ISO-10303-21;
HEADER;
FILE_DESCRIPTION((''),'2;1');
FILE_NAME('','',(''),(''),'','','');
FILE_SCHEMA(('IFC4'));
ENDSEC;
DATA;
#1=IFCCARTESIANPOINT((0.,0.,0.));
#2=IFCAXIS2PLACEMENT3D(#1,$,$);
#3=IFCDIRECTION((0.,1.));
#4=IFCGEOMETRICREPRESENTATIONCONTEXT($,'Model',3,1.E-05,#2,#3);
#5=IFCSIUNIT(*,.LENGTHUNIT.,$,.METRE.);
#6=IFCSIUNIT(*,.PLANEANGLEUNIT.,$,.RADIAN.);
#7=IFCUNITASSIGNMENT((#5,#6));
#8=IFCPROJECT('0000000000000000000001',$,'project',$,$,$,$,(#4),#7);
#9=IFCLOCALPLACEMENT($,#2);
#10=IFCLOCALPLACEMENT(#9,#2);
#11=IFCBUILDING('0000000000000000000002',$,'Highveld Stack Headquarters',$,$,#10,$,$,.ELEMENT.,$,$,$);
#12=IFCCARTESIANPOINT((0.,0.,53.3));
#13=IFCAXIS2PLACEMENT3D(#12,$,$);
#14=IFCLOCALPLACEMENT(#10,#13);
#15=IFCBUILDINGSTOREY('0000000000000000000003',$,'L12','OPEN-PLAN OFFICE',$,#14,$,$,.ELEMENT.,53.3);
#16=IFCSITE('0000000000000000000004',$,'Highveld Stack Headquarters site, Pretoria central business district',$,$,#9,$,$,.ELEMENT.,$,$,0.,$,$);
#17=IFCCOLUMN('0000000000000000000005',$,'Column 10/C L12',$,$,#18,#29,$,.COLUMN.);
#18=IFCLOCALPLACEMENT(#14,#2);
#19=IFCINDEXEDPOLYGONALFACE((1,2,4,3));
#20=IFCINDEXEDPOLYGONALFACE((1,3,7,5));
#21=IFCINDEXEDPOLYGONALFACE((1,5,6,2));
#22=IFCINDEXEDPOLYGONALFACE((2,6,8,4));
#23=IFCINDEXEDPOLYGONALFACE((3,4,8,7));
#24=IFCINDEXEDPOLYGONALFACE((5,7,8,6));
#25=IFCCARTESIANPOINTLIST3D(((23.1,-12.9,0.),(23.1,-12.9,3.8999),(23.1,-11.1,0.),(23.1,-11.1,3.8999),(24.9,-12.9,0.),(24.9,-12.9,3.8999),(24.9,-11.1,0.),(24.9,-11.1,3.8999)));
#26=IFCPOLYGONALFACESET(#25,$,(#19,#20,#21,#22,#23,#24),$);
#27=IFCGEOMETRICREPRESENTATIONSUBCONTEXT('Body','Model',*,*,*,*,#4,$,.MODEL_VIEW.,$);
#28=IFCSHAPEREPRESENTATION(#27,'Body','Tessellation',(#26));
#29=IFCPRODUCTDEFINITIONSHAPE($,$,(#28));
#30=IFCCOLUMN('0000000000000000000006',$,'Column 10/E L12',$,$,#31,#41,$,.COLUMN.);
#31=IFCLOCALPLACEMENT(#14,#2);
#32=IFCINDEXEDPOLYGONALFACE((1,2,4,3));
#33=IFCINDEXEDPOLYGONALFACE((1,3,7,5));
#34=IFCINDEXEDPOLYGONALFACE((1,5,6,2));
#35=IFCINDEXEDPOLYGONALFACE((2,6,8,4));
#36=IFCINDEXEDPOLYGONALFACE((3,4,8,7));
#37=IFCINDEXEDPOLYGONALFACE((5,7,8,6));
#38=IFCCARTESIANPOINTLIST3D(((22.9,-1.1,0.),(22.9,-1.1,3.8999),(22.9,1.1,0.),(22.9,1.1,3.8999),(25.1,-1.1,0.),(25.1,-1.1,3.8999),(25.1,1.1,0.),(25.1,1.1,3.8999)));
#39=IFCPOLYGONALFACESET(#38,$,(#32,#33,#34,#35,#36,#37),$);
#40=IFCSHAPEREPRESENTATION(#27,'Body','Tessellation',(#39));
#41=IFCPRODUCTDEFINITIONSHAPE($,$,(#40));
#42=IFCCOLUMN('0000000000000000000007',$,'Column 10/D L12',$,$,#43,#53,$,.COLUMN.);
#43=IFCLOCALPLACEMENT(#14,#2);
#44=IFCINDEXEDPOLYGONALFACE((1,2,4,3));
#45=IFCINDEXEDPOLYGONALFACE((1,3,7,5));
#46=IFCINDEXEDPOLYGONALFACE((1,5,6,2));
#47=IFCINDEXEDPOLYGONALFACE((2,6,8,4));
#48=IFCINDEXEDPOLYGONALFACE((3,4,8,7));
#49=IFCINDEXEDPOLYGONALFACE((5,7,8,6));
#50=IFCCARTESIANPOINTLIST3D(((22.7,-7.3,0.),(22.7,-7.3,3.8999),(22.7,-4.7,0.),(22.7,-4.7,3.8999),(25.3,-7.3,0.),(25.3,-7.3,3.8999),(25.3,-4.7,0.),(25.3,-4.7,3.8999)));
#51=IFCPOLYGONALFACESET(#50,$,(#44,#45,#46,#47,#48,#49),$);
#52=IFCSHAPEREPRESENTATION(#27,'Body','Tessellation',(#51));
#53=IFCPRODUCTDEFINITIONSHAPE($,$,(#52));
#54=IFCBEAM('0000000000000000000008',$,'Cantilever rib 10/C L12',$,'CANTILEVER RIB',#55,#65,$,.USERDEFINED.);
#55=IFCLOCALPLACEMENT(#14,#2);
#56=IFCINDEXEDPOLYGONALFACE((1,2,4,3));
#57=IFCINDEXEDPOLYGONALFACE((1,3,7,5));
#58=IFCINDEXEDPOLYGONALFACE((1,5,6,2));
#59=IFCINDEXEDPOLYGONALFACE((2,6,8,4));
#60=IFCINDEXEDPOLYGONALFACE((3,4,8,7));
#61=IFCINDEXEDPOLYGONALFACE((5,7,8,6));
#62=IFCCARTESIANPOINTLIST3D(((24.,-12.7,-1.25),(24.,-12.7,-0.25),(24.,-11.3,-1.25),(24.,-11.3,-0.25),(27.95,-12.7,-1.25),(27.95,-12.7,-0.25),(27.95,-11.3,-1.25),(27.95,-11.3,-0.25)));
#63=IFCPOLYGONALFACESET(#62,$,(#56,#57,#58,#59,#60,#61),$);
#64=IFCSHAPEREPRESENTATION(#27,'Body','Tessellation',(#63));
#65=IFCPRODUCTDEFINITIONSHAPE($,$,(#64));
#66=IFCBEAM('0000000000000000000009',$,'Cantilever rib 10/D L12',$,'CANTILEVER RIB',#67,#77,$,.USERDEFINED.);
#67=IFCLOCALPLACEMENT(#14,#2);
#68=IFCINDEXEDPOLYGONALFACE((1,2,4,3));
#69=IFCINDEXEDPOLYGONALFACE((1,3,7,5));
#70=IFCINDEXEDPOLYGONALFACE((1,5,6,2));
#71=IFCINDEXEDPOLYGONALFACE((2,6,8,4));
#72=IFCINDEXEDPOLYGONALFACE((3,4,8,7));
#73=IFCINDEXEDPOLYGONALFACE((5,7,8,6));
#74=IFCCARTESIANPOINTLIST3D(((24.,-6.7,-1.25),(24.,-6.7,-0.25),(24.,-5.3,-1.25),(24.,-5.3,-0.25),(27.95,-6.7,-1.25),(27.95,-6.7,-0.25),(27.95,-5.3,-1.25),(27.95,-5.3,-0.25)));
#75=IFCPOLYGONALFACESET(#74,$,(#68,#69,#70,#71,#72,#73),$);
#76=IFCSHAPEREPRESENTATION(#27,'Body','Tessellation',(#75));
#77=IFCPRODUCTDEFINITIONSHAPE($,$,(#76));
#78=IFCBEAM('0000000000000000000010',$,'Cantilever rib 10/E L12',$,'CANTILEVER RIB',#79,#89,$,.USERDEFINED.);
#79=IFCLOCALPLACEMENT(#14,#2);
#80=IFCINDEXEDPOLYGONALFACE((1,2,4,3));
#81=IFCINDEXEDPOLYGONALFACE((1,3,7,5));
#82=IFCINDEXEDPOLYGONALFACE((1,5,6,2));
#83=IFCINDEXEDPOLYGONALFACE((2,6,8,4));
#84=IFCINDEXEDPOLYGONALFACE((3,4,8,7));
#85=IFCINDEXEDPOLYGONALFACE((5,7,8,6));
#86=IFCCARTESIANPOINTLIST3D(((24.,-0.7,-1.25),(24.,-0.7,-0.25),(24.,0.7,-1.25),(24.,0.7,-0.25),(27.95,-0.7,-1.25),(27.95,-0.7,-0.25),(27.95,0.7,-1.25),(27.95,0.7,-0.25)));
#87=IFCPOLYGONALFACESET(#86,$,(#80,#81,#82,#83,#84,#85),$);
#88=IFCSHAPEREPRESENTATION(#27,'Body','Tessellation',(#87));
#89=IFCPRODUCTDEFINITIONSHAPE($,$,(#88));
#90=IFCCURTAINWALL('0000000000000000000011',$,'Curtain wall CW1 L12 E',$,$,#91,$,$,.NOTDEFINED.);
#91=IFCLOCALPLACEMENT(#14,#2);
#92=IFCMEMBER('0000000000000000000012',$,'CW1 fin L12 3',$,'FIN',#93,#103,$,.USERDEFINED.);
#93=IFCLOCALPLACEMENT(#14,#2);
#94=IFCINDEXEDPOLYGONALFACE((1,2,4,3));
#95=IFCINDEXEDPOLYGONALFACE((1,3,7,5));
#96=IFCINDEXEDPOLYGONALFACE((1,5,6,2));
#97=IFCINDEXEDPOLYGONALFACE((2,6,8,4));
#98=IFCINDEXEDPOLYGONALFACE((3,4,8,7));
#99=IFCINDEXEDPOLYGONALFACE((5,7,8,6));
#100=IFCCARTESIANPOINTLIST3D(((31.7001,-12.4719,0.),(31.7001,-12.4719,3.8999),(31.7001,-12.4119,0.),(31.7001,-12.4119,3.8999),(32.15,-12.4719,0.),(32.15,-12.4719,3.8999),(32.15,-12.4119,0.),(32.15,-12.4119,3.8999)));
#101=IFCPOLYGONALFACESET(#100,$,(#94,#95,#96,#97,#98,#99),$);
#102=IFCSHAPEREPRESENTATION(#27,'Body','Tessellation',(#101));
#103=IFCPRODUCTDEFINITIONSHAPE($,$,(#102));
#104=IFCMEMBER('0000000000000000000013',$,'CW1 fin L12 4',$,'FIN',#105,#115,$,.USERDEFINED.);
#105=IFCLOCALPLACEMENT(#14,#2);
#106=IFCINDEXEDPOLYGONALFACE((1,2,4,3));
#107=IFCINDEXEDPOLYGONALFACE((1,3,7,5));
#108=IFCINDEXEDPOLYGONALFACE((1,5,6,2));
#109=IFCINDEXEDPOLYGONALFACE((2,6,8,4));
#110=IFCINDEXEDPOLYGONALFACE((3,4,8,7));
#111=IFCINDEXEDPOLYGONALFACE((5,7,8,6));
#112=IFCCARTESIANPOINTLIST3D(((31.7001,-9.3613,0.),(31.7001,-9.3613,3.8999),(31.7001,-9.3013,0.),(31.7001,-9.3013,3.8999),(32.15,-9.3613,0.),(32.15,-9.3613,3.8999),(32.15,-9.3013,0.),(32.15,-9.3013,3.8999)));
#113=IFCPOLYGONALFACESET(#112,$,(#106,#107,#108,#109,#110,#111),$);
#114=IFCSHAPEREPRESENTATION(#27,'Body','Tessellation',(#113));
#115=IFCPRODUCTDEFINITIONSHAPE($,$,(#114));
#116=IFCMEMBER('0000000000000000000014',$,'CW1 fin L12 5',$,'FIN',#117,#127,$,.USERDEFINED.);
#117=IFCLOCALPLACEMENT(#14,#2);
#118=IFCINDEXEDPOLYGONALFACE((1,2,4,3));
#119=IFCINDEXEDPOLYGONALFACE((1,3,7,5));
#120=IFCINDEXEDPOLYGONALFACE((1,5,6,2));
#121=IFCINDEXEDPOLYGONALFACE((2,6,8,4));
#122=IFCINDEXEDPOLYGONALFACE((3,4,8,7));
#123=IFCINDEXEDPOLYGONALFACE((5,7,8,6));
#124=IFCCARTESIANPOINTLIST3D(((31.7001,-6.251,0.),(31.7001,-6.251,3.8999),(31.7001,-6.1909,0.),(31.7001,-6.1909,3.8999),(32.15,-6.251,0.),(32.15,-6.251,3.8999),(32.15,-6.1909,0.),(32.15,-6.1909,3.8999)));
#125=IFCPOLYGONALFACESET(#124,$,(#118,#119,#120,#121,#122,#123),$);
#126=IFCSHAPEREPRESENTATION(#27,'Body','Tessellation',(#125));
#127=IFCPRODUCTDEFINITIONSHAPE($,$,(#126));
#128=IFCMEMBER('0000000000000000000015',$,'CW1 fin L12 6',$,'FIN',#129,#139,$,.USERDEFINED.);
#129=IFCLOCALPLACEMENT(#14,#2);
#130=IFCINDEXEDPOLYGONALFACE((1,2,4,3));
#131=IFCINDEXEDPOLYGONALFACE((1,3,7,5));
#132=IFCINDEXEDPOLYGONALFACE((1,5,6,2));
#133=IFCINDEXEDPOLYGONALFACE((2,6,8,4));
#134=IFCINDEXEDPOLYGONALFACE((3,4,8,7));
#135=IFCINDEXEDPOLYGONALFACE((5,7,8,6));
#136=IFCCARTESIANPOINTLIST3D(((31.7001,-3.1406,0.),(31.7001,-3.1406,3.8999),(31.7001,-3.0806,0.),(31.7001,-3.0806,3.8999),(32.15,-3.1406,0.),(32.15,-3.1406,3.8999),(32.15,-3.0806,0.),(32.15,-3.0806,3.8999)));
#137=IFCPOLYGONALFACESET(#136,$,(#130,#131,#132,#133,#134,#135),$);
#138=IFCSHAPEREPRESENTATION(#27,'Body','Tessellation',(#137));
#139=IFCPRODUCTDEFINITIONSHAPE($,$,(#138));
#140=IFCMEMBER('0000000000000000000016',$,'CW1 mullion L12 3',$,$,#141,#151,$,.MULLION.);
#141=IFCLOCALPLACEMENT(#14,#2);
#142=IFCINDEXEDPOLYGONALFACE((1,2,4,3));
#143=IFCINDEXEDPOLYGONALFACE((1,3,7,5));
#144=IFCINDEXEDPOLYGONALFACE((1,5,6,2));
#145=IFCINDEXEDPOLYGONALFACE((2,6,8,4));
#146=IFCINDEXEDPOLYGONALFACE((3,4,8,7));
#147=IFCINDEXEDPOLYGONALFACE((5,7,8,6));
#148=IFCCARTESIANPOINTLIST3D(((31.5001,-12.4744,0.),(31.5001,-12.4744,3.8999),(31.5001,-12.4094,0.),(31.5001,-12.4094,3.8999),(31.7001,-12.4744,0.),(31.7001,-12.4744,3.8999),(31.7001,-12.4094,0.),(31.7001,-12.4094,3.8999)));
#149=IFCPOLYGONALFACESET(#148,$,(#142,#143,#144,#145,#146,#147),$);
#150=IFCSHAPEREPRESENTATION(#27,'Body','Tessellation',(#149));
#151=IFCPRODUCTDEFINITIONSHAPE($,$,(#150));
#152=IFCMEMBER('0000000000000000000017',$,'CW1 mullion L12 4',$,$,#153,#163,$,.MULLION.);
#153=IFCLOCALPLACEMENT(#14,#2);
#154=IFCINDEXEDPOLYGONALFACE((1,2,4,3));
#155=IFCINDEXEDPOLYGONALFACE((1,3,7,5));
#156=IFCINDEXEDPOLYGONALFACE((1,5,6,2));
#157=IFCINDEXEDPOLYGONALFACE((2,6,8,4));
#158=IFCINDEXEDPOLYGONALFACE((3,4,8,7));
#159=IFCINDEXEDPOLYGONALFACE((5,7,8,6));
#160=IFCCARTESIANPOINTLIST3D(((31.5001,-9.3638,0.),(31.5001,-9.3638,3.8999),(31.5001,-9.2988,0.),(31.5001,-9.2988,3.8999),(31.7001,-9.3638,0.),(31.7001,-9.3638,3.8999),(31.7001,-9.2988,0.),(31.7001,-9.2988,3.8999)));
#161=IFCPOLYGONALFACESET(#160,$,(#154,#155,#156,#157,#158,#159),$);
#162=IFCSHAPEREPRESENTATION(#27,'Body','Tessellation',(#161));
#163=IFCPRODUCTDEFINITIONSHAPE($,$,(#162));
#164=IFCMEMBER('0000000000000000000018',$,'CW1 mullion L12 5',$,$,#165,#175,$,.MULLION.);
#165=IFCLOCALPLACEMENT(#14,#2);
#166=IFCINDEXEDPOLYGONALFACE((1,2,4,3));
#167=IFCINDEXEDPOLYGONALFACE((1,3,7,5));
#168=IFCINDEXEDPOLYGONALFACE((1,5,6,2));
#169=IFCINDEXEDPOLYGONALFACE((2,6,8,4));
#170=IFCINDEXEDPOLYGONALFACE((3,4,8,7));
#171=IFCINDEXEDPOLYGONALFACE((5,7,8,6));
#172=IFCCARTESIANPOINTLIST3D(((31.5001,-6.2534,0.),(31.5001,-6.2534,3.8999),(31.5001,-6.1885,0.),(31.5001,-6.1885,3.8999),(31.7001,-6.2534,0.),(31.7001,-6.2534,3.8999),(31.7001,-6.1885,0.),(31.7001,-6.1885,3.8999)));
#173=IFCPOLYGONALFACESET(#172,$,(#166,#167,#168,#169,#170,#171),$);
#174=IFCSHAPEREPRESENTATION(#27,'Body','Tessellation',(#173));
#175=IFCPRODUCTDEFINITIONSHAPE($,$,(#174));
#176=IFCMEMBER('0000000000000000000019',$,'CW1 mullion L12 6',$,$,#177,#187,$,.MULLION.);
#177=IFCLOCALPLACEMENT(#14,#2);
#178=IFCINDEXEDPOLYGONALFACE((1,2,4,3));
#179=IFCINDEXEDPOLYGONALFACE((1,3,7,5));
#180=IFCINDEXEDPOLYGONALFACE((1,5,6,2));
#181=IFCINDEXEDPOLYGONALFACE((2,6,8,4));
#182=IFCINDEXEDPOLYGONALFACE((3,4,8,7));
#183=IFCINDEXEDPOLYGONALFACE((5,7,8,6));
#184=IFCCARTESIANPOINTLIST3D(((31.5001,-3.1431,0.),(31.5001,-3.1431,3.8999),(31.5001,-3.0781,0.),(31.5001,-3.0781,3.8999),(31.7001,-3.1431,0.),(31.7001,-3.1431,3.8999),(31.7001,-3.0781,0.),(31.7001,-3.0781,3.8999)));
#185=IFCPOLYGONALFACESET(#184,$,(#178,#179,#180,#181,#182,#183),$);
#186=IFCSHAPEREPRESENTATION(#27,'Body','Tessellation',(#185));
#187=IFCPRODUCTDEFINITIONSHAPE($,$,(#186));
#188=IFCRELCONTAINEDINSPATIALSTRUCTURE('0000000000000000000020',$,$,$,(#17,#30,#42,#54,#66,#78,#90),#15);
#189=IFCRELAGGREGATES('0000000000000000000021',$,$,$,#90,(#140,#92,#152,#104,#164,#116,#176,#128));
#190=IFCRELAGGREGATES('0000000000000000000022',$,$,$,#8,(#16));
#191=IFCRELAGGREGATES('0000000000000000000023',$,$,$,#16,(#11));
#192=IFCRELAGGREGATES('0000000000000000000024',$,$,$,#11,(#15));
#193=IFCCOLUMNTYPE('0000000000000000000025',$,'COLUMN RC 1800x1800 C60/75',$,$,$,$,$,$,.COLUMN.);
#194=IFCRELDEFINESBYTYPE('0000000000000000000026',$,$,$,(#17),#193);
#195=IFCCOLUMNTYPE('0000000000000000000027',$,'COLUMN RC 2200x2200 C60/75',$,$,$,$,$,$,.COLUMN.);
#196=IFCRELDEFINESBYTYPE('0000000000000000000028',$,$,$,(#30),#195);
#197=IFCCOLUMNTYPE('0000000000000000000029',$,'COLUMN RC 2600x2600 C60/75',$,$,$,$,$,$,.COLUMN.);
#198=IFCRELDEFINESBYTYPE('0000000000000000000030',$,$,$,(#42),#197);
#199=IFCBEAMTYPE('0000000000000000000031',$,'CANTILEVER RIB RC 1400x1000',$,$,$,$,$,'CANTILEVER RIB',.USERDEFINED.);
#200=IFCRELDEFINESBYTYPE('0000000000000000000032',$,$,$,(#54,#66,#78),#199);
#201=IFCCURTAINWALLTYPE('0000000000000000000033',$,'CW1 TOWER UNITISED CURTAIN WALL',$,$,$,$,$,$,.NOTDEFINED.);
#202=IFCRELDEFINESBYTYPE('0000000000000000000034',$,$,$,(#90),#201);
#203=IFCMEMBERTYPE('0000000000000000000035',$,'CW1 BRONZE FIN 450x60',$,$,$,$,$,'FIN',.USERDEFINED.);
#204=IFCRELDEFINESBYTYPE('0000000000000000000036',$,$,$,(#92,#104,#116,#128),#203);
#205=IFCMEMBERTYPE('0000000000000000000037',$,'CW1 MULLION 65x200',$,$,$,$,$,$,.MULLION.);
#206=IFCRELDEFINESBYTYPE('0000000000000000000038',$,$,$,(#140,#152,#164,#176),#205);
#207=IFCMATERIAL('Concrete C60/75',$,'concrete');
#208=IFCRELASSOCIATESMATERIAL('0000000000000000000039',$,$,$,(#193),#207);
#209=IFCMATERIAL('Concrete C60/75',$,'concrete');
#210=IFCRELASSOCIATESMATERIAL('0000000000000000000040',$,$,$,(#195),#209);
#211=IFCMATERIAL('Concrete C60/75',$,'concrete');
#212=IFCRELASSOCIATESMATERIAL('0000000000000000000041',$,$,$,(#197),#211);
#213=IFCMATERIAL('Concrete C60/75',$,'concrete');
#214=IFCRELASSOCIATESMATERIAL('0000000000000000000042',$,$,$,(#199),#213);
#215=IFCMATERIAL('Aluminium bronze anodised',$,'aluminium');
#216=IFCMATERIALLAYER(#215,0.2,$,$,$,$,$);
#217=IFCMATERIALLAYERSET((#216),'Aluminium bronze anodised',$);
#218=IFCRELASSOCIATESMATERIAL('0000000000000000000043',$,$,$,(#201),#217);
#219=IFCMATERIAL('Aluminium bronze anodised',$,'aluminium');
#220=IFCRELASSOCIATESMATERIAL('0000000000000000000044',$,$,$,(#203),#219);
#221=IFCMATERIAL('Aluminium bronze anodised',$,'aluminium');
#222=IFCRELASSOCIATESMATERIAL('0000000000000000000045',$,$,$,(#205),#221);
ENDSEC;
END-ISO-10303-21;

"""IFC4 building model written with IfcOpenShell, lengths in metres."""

from ifc_helpers import new_model, si_unit, direction, frame, origin, origin_2d, place, context, subcontext, project, spatial, rectangle, extrude, material, layer, layer_set, material_profile, profile_set, type_object, element, aggregate, save


model = new_model("IFC4")

# Units and contexts
model_context = context("Model", 3, precision=1e-05, world=origin(), true_north=direction((0.0, 1.0)))
body_context = subcontext(model_context, "Body", "Model", "MODEL_VIEW")
ifc_project = project(units=[si_unit("LENGTHUNIT", "METRE"), si_unit("PLANEANGLEUNIT", "RADIAN")], contexts=[model_context])

# Site, building, storey
site_placement = place(None, origin())
site = spatial("IfcSite", under=ifc_project, at=site_placement, Name="Highveld Stack Headquarters site, Pretoria central business district", CompositionType="ELEMENT", RefElevation=0.0)
building_placement = place(site_placement, origin())
building = spatial("IfcBuilding", under=site, at=building_placement, Name="Highveld Stack Headquarters", CompositionType="ELEMENT")
storey_placement = place(building_placement, frame((0.0, 0.0, 53.3)))
storey = spatial("IfcBuildingStorey", under=building, at=storey_placement, Name="L12", Description="OPEN-PLAN OFFICE", CompositionType="ELEMENT", Elevation=53.3)

# Columns
ifc_material_1 = material(Name="Concrete C60/75", Category="concrete")
ifc_material_profile_1 = material_profile(ifc_material_1, rectangle(XDim=1.8, YDim=1.8, at=origin_2d()), Name="RC 1800x1800")
ifc_profile_set_1 = profile_set([ifc_material_profile_1], Name="Concrete C60/75")
column_type_1 = type_object("IfcColumnType", Name="COLUMN RC 1800x1800 C60/75", PredefinedType="COLUMN", material=ifc_profile_set_1)
column_1_placement = place(storey_placement, frame((24.0, -12.0, 0.0), z_axis=(0.0, 0.0, 1.0), x_axis=(1.0, 0.0, 0.0)))
element("IfcColumn", 1, at=column_1_placement, inside=storey, type_object=column_type_1, Name="Column 10/C L12", PredefinedType="COLUMN", context=body_context, shape_type="SweptSolid", body=[
    extrude(rectangle(XDim=1.8, YDim=1.8, at=origin_2d()), origin(), (0.0, 0.0, 1.0), 3.8999),
])
ifc_material_2 = material(Name="Concrete C60/75", Category="concrete")
ifc_material_profile_2 = material_profile(ifc_material_2, rectangle(XDim=2.2, YDim=2.2, at=origin_2d()), Name="RC 2200x2200")
ifc_profile_set_2 = profile_set([ifc_material_profile_2], Name="Concrete C60/75")
column_type_2 = type_object("IfcColumnType", Name="COLUMN RC 2200x2200 C60/75", PredefinedType="COLUMN", material=ifc_profile_set_2)
column_2_placement = place(storey_placement, frame((24.0, 0.0, 0.0), z_axis=(0.0, 0.0, 1.0), x_axis=(1.0, 0.0, 0.0)))
element("IfcColumn", 2, at=column_2_placement, inside=storey, type_object=column_type_2, Name="Column 10/E L12", PredefinedType="COLUMN", context=body_context, shape_type="SweptSolid", body=[
    extrude(rectangle(XDim=2.2, YDim=2.2, at=origin_2d()), origin(), (0.0, 0.0, 1.0), 3.8999),
])
ifc_material_3 = material(Name="Concrete C60/75", Category="concrete")
ifc_material_profile_3 = material_profile(ifc_material_3, rectangle(XDim=2.6001, YDim=2.6001, at=origin_2d()), Name="RC 2600x2600")
ifc_profile_set_3 = profile_set([ifc_material_profile_3], Name="Concrete C60/75")
column_type_3 = type_object("IfcColumnType", Name="COLUMN RC 2600x2600 C60/75", PredefinedType="COLUMN", material=ifc_profile_set_3)
column_3_placement = place(storey_placement, frame((24.0, -6.0, 0.0), z_axis=(0.0, 0.0, 1.0), x_axis=(1.0, 0.0, 0.0)))
element("IfcColumn", 3, at=column_3_placement, inside=storey, type_object=column_type_3, Name="Column 10/D L12", PredefinedType="COLUMN", context=body_context, shape_type="SweptSolid", body=[
    extrude(rectangle(XDim=2.6001, YDim=2.6001, at=origin_2d()), origin(), (0.0, 0.0, 1.0), 3.8999),
])

# Beams
ifc_material_4 = material(Name="Concrete C60/75", Category="concrete")
ifc_material_profile_4 = material_profile(ifc_material_4, rectangle(XDim=1.3999, YDim=1.0, at=origin_2d()), Name="RC 1400x1000")
ifc_profile_set_4 = profile_set([ifc_material_profile_4], Name="Concrete C60/75")
beam_type_1 = type_object("IfcBeamType", Name="CANTILEVER RIB RC 1400x1000", ElementType="CANTILEVER RIB", PredefinedType="USERDEFINED", material=ifc_profile_set_4)
for number, where, z_axis, x_axis, name in (
    (4, (24.0, -12.0, -0.75), (1.0, 0.0, 0.0), (0.0, 1.0, 0.0), "Cantilever rib 10/C L12"),
    (5, (24.0, -6.0, -0.75), (1.0, 0.0, 0.0), (0.0, 1.0, 0.0), "Cantilever rib 10/D L12"),
    (6, (24.0, 0.0, -0.75), (1.0, 0.0, 0.0), (0.0, 1.0, 0.0), "Cantilever rib 10/E L12"),
):
    element("IfcBeam", number, at=place(storey_placement, frame(where, z_axis=z_axis, x_axis=x_axis)), inside=storey, type_object=beam_type_1, Name=name, ObjectType="CANTILEVER RIB", PredefinedType="USERDEFINED", context=body_context, shape_type="SweptSolid", body=[
        extrude(rectangle(XDim=1.3999, YDim=1.0, at=origin_2d()), origin(), (0.0, 0.0, 1.0), 3.95),
    ])

# Curtain wall, members
ifc_material_5 = material(Name="Aluminium bronze anodised", Category="aluminium")
ifc_layer_1 = layer(ifc_material_5, 0.2)
ifc_layer_set_1 = layer_set([ifc_layer_1], Name="Aluminium bronze anodised")
curtain_wall_type = type_object("IfcCurtainWallType", Name="CW1 TOWER UNITISED CURTAIN WALL", PredefinedType="NOTDEFINED", material=ifc_layer_set_1)
curtain_wall_placement = place(storey_placement, origin())
curtain_wall = element("IfcCurtainWall", 7, at=curtain_wall_placement, inside=storey, type_object=curtain_wall_type, Name="Curtain wall CW1 L12 E", PredefinedType="NOTDEFINED")
ifc_material_6 = material(Name="Aluminium bronze anodised", Category="aluminium")
ifc_material_profile_5 = material_profile(ifc_material_6, rectangle(XDim=0.45, YDim=0.0601, at=origin_2d()), Name="FIN 450x60")
ifc_profile_set_5 = profile_set([ifc_material_profile_5], Name="Aluminium bronze anodised")
member_type_1 = type_object("IfcMemberType", Name="CW1 BRONZE FIN 450x60", ElementType="FIN", PredefinedType="USERDEFINED", material=ifc_profile_set_5)
member_1_placement = place(storey_placement, frame((31.925, -12.4419, 0.0), z_axis=(0.0, 0.0, 1.0), x_axis=(-1.0, 0.0, 0.0)))
member_1 = element("IfcMember", 8, at=member_1_placement, type_object=member_type_1, Name="CW1 fin L12 3", ObjectType="FIN", PredefinedType="USERDEFINED", context=body_context, shape_type="SweptSolid", body=[
    extrude(rectangle(XDim=0.45, YDim=0.0601, at=origin_2d()), origin(), (0.0, 0.0, 1.0), 3.8999),
])
member_2_placement = place(storey_placement, frame((31.925, -9.3313, 0.0), z_axis=(0.0, 0.0, 1.0), x_axis=(-1.0, 0.0, 0.0)))
member_2 = element("IfcMember", 9, at=member_2_placement, type_object=member_type_1, Name="CW1 fin L12 4", ObjectType="FIN", PredefinedType="USERDEFINED", context=body_context, shape_type="SweptSolid", body=[
    extrude(rectangle(XDim=0.45, YDim=0.0601, at=origin_2d()), origin(), (0.0, 0.0, 1.0), 3.8999),
])
member_3_placement = place(storey_placement, frame((31.925, -6.2209, 0.0), z_axis=(0.0, 0.0, 1.0), x_axis=(-1.0, 0.0, 0.0)))
member_3 = element("IfcMember", 10, at=member_3_placement, type_object=member_type_1, Name="CW1 fin L12 5", ObjectType="FIN", PredefinedType="USERDEFINED", context=body_context, shape_type="SweptSolid", body=[
    extrude(rectangle(XDim=0.45, YDim=0.0601, at=origin_2d()), origin(), (0.0, 0.0, 1.0), 3.8999),
])
member_4_placement = place(storey_placement, frame((31.925, -3.1106, 0.0), z_axis=(0.0, 0.0, 1.0), x_axis=(-1.0, 0.0, 0.0)))
member_4 = element("IfcMember", 11, at=member_4_placement, type_object=member_type_1, Name="CW1 fin L12 6", ObjectType="FIN", PredefinedType="USERDEFINED", context=body_context, shape_type="SweptSolid", body=[
    extrude(rectangle(XDim=0.45, YDim=0.0601, at=origin_2d()), origin(), (0.0, 0.0, 1.0), 3.8999),
])
ifc_material_7 = material(Name="Aluminium bronze anodised", Category="aluminium")
ifc_material_profile_6 = material_profile(ifc_material_7, rectangle(XDim=0.2, YDim=0.0649, at=origin_2d()), Name="CW1 MULLION 65x200")
ifc_profile_set_6 = profile_set([ifc_material_profile_6], Name="Aluminium bronze anodised")
member_type_2 = type_object("IfcMemberType", Name="CW1 MULLION 65x200", PredefinedType="MULLION", material=ifc_profile_set_6)
member_5_placement = place(storey_placement, frame((31.6001, -12.4419, 0.0), z_axis=(0.0, 0.0, 1.0), x_axis=(-1.0, 0.0, 0.0)))
member_5 = element("IfcMember", 12, at=member_5_placement, type_object=member_type_2, Name="CW1 mullion L12 3", PredefinedType="MULLION", context=body_context, shape_type="SweptSolid", body=[
    extrude(rectangle(XDim=0.2, YDim=0.0649, at=origin_2d()), origin(), (0.0, 0.0, 1.0), 3.8999),
])
member_6_placement = place(storey_placement, frame((31.6001, -9.3313, 0.0), z_axis=(0.0, 0.0, 1.0), x_axis=(-1.0, 0.0, 0.0)))
member_6 = element("IfcMember", 13, at=member_6_placement, type_object=member_type_2, Name="CW1 mullion L12 4", PredefinedType="MULLION", context=body_context, shape_type="SweptSolid", body=[
    extrude(rectangle(XDim=0.2, YDim=0.0649, at=origin_2d()), origin(), (0.0, 0.0, 1.0), 3.8999),
])
member_7_placement = place(storey_placement, frame((31.6001, -6.2209, 0.0), z_axis=(0.0, 0.0, 1.0), x_axis=(-1.0, 0.0, 0.0)))
member_7 = element("IfcMember", 14, at=member_7_placement, type_object=member_type_2, Name="CW1 mullion L12 5", PredefinedType="MULLION", context=body_context, shape_type="SweptSolid", body=[
    extrude(rectangle(XDim=0.2, YDim=0.0649, at=origin_2d()), origin(), (0.0, 0.0, 1.0), 3.8999),
])
member_8_placement = place(storey_placement, frame((31.6001, -3.1106, 0.0), z_axis=(0.0, 0.0, 1.0), x_axis=(-1.0, 0.0, 0.0)))
member_8 = element("IfcMember", 15, at=member_8_placement, type_object=member_type_2, Name="CW1 mullion L12 6", PredefinedType="MULLION", context=body_context, shape_type="SweptSolid", body=[
    extrude(rectangle(XDim=0.2, YDim=0.0649, at=origin_2d()), origin(), (0.0, 0.0, 1.0), 3.8999),
])

aggregate(curtain_wall, [member_5, member_1, member_6, member_2, member_7, member_3, member_8, member_4])

save(model, "model.ifc")
